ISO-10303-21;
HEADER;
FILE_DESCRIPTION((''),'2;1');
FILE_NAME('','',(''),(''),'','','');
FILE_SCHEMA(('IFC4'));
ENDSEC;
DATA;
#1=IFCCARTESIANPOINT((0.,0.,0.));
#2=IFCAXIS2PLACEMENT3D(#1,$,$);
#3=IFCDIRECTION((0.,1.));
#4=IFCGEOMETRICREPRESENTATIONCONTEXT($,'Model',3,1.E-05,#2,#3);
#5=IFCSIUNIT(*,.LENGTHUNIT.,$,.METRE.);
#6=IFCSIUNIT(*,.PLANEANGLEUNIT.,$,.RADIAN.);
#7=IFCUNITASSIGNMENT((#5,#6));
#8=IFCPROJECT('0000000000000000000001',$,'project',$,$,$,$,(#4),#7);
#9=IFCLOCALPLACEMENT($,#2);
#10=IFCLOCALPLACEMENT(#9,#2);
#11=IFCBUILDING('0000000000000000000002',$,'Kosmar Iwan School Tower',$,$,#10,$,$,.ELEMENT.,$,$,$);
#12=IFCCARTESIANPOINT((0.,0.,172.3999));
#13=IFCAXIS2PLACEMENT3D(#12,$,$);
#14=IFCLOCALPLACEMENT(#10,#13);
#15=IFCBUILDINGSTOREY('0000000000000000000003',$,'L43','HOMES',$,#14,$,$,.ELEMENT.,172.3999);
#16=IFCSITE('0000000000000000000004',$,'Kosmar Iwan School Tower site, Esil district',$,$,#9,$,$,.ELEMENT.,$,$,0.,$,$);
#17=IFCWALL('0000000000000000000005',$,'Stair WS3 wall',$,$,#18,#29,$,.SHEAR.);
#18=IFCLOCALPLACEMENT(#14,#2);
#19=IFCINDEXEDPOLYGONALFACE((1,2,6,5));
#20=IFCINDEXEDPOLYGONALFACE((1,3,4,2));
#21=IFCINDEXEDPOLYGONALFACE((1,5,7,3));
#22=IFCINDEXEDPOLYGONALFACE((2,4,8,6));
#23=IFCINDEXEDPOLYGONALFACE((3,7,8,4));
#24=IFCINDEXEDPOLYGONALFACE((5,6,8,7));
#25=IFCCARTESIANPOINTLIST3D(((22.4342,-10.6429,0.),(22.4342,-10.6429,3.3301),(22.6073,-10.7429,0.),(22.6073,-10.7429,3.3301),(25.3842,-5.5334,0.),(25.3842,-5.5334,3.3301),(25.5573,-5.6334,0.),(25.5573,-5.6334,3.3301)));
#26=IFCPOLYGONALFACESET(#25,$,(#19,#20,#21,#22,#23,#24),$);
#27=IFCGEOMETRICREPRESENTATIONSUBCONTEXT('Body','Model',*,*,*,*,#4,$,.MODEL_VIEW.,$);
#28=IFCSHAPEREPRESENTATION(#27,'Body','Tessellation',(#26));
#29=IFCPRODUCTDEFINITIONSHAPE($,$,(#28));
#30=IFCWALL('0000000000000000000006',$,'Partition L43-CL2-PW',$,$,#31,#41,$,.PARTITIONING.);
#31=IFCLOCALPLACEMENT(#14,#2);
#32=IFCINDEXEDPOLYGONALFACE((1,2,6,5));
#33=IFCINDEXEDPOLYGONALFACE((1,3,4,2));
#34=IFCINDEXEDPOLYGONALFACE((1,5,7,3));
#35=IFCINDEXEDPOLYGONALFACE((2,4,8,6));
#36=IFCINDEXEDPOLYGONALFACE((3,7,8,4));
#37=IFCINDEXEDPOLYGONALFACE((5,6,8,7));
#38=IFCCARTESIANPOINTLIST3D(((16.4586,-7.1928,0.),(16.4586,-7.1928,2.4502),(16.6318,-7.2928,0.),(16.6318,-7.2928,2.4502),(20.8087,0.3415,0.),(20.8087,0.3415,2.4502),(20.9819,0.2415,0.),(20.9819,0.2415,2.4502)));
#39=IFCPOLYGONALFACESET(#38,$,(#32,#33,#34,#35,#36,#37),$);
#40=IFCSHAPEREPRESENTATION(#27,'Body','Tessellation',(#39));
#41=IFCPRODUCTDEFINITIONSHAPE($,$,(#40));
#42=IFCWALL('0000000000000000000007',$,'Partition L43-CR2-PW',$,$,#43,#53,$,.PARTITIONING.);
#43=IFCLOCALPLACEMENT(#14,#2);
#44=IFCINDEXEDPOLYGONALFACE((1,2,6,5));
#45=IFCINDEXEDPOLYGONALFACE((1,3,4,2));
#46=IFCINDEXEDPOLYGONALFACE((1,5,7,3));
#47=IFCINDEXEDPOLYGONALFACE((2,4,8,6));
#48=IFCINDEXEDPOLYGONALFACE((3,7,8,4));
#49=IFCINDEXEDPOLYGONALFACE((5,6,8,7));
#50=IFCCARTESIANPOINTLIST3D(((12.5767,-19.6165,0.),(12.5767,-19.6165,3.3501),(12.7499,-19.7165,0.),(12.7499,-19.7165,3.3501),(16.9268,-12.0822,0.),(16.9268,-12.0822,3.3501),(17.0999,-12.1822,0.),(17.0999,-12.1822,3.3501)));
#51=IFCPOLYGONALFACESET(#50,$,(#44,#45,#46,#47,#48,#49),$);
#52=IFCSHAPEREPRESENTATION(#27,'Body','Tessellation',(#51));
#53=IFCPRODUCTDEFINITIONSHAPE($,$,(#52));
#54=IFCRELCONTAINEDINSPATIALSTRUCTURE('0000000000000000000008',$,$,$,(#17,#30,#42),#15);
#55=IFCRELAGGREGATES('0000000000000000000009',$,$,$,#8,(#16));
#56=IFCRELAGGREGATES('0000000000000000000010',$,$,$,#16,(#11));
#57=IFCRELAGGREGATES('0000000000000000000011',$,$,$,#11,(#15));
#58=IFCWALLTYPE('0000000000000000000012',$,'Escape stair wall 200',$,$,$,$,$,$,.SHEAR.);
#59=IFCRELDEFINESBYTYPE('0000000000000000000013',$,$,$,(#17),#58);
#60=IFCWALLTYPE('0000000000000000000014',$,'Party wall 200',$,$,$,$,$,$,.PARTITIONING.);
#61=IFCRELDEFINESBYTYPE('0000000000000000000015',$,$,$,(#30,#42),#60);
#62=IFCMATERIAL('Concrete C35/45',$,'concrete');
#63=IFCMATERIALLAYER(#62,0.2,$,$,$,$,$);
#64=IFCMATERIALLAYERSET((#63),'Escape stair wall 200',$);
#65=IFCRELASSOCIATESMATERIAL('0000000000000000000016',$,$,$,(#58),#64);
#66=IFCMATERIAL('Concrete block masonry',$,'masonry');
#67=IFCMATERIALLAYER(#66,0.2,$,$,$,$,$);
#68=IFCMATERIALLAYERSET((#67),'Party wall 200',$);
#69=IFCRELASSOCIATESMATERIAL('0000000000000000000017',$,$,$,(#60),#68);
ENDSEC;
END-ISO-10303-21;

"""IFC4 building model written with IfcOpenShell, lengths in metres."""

from ifc_helpers import new_model, si_unit, direction, frame, frame_2d, origin, place, context, subcontext, project, spatial, rectangle, extrude, material, layer, layer_set, type_object, element, save


model = new_model("IFC4")

# Units and contexts
model_context = context("Model", 3, precision=1e-05, world=origin(), true_north=direction((0.0, 1.0)))
body_context = subcontext(model_context, "Body", "Model", "MODEL_VIEW")
ifc_project = project(units=[si_unit("LENGTHUNIT", "METRE"), si_unit("PLANEANGLEUNIT", "RADIAN")], contexts=[model_context])

# Site, building, storey
site_placement = place(None, origin())
site = spatial("IfcSite", under=ifc_project, at=site_placement, Name="Kosmar Iwan School Tower site, Esil district", CompositionType="ELEMENT", RefElevation=0.0)
building_placement = place(site_placement, origin())
building = spatial("IfcBuilding", under=site, at=building_placement, Name="Kosmar Iwan School Tower", CompositionType="ELEMENT")
storey_placement = place(building_placement, frame((0.0, 0.0, 172.3999)))
storey = spatial("IfcBuildingStorey", under=building, at=storey_placement, Name="L43", Description="HOMES", CompositionType="ELEMENT", Elevation=172.3999)

# Walls
ifc_material_1 = material(Name="Concrete C35/45", Category="concrete")
ifc_layer_1 = layer(ifc_material_1, 0.2)
ifc_layer_set_1 = layer_set([ifc_layer_1], Name="Escape stair wall 200")
wall_type_1 = type_object("IfcWallType", Name="Escape stair wall 200", PredefinedType="SHEAR", material=ifc_layer_set_1)
wall_1_placement = place(storey_placement, frame((22.5208, -10.6929, 0.0), z_axis=(0.0, 0.0, 1.0), x_axis=(0.500007, 0.866022, 0.0)))
element("IfcWall", 1, at=wall_1_placement, inside=storey, type_object=wall_type_1, Name="Stair WS3 wall", PredefinedType="SHEAR", context=body_context, shape_type="SweptSolid", body=[
    extrude(rectangle(XDim=5.8999, YDim=0.2, at=frame_2d((2.95, 0.0))), origin(), (0.0, 0.0, 1.0), 3.3301),
])
ifc_material_2 = material(Name="Concrete block masonry", Category="masonry")
ifc_layer_2 = layer(ifc_material_2, 0.2)
ifc_layer_set_2 = layer_set([ifc_layer_2], Name="Party wall 200")
wall_type_2 = type_object("IfcWallType", Name="Party wall 200", PredefinedType="PARTITIONING", material=ifc_layer_set_2)
wall_2_placement = place(storey_placement, frame((16.5452, -7.2429, 0.0), z_axis=(0.0, 0.0, 1.0), x_axis=(0.500008, 0.866021, 0.0)))
element("IfcWall", 2, at=wall_2_placement, inside=storey, type_object=wall_type_2, Name="Partition L43-CL2-PW", PredefinedType="PARTITIONING", context=body_context, shape_type="SweptSolid", body=[
    extrude(rectangle(XDim=8.7, YDim=0.2, at=frame_2d((4.3501, 0.0))), origin(), (0.0, 0.0, 1.0), 2.4502),
])
wall_3_placement = place(storey_placement, frame((17.0134, -12.1321, 0.0), z_axis=(0.0, 0.0, 1.0), x_axis=(-0.500008, -0.866021, 0.0)))
element("IfcWall", 3, at=wall_3_placement, inside=storey, type_object=wall_type_2, Name="Partition L43-CR2-PW", PredefinedType="PARTITIONING", context=body_context, shape_type="SweptSolid", body=[
    extrude(rectangle(XDim=8.7, YDim=0.2, at=frame_2d((4.3501, 0.0))), origin(), (0.0, 0.0, 1.0), 3.3501),
])

save(model, "model.ifc")
